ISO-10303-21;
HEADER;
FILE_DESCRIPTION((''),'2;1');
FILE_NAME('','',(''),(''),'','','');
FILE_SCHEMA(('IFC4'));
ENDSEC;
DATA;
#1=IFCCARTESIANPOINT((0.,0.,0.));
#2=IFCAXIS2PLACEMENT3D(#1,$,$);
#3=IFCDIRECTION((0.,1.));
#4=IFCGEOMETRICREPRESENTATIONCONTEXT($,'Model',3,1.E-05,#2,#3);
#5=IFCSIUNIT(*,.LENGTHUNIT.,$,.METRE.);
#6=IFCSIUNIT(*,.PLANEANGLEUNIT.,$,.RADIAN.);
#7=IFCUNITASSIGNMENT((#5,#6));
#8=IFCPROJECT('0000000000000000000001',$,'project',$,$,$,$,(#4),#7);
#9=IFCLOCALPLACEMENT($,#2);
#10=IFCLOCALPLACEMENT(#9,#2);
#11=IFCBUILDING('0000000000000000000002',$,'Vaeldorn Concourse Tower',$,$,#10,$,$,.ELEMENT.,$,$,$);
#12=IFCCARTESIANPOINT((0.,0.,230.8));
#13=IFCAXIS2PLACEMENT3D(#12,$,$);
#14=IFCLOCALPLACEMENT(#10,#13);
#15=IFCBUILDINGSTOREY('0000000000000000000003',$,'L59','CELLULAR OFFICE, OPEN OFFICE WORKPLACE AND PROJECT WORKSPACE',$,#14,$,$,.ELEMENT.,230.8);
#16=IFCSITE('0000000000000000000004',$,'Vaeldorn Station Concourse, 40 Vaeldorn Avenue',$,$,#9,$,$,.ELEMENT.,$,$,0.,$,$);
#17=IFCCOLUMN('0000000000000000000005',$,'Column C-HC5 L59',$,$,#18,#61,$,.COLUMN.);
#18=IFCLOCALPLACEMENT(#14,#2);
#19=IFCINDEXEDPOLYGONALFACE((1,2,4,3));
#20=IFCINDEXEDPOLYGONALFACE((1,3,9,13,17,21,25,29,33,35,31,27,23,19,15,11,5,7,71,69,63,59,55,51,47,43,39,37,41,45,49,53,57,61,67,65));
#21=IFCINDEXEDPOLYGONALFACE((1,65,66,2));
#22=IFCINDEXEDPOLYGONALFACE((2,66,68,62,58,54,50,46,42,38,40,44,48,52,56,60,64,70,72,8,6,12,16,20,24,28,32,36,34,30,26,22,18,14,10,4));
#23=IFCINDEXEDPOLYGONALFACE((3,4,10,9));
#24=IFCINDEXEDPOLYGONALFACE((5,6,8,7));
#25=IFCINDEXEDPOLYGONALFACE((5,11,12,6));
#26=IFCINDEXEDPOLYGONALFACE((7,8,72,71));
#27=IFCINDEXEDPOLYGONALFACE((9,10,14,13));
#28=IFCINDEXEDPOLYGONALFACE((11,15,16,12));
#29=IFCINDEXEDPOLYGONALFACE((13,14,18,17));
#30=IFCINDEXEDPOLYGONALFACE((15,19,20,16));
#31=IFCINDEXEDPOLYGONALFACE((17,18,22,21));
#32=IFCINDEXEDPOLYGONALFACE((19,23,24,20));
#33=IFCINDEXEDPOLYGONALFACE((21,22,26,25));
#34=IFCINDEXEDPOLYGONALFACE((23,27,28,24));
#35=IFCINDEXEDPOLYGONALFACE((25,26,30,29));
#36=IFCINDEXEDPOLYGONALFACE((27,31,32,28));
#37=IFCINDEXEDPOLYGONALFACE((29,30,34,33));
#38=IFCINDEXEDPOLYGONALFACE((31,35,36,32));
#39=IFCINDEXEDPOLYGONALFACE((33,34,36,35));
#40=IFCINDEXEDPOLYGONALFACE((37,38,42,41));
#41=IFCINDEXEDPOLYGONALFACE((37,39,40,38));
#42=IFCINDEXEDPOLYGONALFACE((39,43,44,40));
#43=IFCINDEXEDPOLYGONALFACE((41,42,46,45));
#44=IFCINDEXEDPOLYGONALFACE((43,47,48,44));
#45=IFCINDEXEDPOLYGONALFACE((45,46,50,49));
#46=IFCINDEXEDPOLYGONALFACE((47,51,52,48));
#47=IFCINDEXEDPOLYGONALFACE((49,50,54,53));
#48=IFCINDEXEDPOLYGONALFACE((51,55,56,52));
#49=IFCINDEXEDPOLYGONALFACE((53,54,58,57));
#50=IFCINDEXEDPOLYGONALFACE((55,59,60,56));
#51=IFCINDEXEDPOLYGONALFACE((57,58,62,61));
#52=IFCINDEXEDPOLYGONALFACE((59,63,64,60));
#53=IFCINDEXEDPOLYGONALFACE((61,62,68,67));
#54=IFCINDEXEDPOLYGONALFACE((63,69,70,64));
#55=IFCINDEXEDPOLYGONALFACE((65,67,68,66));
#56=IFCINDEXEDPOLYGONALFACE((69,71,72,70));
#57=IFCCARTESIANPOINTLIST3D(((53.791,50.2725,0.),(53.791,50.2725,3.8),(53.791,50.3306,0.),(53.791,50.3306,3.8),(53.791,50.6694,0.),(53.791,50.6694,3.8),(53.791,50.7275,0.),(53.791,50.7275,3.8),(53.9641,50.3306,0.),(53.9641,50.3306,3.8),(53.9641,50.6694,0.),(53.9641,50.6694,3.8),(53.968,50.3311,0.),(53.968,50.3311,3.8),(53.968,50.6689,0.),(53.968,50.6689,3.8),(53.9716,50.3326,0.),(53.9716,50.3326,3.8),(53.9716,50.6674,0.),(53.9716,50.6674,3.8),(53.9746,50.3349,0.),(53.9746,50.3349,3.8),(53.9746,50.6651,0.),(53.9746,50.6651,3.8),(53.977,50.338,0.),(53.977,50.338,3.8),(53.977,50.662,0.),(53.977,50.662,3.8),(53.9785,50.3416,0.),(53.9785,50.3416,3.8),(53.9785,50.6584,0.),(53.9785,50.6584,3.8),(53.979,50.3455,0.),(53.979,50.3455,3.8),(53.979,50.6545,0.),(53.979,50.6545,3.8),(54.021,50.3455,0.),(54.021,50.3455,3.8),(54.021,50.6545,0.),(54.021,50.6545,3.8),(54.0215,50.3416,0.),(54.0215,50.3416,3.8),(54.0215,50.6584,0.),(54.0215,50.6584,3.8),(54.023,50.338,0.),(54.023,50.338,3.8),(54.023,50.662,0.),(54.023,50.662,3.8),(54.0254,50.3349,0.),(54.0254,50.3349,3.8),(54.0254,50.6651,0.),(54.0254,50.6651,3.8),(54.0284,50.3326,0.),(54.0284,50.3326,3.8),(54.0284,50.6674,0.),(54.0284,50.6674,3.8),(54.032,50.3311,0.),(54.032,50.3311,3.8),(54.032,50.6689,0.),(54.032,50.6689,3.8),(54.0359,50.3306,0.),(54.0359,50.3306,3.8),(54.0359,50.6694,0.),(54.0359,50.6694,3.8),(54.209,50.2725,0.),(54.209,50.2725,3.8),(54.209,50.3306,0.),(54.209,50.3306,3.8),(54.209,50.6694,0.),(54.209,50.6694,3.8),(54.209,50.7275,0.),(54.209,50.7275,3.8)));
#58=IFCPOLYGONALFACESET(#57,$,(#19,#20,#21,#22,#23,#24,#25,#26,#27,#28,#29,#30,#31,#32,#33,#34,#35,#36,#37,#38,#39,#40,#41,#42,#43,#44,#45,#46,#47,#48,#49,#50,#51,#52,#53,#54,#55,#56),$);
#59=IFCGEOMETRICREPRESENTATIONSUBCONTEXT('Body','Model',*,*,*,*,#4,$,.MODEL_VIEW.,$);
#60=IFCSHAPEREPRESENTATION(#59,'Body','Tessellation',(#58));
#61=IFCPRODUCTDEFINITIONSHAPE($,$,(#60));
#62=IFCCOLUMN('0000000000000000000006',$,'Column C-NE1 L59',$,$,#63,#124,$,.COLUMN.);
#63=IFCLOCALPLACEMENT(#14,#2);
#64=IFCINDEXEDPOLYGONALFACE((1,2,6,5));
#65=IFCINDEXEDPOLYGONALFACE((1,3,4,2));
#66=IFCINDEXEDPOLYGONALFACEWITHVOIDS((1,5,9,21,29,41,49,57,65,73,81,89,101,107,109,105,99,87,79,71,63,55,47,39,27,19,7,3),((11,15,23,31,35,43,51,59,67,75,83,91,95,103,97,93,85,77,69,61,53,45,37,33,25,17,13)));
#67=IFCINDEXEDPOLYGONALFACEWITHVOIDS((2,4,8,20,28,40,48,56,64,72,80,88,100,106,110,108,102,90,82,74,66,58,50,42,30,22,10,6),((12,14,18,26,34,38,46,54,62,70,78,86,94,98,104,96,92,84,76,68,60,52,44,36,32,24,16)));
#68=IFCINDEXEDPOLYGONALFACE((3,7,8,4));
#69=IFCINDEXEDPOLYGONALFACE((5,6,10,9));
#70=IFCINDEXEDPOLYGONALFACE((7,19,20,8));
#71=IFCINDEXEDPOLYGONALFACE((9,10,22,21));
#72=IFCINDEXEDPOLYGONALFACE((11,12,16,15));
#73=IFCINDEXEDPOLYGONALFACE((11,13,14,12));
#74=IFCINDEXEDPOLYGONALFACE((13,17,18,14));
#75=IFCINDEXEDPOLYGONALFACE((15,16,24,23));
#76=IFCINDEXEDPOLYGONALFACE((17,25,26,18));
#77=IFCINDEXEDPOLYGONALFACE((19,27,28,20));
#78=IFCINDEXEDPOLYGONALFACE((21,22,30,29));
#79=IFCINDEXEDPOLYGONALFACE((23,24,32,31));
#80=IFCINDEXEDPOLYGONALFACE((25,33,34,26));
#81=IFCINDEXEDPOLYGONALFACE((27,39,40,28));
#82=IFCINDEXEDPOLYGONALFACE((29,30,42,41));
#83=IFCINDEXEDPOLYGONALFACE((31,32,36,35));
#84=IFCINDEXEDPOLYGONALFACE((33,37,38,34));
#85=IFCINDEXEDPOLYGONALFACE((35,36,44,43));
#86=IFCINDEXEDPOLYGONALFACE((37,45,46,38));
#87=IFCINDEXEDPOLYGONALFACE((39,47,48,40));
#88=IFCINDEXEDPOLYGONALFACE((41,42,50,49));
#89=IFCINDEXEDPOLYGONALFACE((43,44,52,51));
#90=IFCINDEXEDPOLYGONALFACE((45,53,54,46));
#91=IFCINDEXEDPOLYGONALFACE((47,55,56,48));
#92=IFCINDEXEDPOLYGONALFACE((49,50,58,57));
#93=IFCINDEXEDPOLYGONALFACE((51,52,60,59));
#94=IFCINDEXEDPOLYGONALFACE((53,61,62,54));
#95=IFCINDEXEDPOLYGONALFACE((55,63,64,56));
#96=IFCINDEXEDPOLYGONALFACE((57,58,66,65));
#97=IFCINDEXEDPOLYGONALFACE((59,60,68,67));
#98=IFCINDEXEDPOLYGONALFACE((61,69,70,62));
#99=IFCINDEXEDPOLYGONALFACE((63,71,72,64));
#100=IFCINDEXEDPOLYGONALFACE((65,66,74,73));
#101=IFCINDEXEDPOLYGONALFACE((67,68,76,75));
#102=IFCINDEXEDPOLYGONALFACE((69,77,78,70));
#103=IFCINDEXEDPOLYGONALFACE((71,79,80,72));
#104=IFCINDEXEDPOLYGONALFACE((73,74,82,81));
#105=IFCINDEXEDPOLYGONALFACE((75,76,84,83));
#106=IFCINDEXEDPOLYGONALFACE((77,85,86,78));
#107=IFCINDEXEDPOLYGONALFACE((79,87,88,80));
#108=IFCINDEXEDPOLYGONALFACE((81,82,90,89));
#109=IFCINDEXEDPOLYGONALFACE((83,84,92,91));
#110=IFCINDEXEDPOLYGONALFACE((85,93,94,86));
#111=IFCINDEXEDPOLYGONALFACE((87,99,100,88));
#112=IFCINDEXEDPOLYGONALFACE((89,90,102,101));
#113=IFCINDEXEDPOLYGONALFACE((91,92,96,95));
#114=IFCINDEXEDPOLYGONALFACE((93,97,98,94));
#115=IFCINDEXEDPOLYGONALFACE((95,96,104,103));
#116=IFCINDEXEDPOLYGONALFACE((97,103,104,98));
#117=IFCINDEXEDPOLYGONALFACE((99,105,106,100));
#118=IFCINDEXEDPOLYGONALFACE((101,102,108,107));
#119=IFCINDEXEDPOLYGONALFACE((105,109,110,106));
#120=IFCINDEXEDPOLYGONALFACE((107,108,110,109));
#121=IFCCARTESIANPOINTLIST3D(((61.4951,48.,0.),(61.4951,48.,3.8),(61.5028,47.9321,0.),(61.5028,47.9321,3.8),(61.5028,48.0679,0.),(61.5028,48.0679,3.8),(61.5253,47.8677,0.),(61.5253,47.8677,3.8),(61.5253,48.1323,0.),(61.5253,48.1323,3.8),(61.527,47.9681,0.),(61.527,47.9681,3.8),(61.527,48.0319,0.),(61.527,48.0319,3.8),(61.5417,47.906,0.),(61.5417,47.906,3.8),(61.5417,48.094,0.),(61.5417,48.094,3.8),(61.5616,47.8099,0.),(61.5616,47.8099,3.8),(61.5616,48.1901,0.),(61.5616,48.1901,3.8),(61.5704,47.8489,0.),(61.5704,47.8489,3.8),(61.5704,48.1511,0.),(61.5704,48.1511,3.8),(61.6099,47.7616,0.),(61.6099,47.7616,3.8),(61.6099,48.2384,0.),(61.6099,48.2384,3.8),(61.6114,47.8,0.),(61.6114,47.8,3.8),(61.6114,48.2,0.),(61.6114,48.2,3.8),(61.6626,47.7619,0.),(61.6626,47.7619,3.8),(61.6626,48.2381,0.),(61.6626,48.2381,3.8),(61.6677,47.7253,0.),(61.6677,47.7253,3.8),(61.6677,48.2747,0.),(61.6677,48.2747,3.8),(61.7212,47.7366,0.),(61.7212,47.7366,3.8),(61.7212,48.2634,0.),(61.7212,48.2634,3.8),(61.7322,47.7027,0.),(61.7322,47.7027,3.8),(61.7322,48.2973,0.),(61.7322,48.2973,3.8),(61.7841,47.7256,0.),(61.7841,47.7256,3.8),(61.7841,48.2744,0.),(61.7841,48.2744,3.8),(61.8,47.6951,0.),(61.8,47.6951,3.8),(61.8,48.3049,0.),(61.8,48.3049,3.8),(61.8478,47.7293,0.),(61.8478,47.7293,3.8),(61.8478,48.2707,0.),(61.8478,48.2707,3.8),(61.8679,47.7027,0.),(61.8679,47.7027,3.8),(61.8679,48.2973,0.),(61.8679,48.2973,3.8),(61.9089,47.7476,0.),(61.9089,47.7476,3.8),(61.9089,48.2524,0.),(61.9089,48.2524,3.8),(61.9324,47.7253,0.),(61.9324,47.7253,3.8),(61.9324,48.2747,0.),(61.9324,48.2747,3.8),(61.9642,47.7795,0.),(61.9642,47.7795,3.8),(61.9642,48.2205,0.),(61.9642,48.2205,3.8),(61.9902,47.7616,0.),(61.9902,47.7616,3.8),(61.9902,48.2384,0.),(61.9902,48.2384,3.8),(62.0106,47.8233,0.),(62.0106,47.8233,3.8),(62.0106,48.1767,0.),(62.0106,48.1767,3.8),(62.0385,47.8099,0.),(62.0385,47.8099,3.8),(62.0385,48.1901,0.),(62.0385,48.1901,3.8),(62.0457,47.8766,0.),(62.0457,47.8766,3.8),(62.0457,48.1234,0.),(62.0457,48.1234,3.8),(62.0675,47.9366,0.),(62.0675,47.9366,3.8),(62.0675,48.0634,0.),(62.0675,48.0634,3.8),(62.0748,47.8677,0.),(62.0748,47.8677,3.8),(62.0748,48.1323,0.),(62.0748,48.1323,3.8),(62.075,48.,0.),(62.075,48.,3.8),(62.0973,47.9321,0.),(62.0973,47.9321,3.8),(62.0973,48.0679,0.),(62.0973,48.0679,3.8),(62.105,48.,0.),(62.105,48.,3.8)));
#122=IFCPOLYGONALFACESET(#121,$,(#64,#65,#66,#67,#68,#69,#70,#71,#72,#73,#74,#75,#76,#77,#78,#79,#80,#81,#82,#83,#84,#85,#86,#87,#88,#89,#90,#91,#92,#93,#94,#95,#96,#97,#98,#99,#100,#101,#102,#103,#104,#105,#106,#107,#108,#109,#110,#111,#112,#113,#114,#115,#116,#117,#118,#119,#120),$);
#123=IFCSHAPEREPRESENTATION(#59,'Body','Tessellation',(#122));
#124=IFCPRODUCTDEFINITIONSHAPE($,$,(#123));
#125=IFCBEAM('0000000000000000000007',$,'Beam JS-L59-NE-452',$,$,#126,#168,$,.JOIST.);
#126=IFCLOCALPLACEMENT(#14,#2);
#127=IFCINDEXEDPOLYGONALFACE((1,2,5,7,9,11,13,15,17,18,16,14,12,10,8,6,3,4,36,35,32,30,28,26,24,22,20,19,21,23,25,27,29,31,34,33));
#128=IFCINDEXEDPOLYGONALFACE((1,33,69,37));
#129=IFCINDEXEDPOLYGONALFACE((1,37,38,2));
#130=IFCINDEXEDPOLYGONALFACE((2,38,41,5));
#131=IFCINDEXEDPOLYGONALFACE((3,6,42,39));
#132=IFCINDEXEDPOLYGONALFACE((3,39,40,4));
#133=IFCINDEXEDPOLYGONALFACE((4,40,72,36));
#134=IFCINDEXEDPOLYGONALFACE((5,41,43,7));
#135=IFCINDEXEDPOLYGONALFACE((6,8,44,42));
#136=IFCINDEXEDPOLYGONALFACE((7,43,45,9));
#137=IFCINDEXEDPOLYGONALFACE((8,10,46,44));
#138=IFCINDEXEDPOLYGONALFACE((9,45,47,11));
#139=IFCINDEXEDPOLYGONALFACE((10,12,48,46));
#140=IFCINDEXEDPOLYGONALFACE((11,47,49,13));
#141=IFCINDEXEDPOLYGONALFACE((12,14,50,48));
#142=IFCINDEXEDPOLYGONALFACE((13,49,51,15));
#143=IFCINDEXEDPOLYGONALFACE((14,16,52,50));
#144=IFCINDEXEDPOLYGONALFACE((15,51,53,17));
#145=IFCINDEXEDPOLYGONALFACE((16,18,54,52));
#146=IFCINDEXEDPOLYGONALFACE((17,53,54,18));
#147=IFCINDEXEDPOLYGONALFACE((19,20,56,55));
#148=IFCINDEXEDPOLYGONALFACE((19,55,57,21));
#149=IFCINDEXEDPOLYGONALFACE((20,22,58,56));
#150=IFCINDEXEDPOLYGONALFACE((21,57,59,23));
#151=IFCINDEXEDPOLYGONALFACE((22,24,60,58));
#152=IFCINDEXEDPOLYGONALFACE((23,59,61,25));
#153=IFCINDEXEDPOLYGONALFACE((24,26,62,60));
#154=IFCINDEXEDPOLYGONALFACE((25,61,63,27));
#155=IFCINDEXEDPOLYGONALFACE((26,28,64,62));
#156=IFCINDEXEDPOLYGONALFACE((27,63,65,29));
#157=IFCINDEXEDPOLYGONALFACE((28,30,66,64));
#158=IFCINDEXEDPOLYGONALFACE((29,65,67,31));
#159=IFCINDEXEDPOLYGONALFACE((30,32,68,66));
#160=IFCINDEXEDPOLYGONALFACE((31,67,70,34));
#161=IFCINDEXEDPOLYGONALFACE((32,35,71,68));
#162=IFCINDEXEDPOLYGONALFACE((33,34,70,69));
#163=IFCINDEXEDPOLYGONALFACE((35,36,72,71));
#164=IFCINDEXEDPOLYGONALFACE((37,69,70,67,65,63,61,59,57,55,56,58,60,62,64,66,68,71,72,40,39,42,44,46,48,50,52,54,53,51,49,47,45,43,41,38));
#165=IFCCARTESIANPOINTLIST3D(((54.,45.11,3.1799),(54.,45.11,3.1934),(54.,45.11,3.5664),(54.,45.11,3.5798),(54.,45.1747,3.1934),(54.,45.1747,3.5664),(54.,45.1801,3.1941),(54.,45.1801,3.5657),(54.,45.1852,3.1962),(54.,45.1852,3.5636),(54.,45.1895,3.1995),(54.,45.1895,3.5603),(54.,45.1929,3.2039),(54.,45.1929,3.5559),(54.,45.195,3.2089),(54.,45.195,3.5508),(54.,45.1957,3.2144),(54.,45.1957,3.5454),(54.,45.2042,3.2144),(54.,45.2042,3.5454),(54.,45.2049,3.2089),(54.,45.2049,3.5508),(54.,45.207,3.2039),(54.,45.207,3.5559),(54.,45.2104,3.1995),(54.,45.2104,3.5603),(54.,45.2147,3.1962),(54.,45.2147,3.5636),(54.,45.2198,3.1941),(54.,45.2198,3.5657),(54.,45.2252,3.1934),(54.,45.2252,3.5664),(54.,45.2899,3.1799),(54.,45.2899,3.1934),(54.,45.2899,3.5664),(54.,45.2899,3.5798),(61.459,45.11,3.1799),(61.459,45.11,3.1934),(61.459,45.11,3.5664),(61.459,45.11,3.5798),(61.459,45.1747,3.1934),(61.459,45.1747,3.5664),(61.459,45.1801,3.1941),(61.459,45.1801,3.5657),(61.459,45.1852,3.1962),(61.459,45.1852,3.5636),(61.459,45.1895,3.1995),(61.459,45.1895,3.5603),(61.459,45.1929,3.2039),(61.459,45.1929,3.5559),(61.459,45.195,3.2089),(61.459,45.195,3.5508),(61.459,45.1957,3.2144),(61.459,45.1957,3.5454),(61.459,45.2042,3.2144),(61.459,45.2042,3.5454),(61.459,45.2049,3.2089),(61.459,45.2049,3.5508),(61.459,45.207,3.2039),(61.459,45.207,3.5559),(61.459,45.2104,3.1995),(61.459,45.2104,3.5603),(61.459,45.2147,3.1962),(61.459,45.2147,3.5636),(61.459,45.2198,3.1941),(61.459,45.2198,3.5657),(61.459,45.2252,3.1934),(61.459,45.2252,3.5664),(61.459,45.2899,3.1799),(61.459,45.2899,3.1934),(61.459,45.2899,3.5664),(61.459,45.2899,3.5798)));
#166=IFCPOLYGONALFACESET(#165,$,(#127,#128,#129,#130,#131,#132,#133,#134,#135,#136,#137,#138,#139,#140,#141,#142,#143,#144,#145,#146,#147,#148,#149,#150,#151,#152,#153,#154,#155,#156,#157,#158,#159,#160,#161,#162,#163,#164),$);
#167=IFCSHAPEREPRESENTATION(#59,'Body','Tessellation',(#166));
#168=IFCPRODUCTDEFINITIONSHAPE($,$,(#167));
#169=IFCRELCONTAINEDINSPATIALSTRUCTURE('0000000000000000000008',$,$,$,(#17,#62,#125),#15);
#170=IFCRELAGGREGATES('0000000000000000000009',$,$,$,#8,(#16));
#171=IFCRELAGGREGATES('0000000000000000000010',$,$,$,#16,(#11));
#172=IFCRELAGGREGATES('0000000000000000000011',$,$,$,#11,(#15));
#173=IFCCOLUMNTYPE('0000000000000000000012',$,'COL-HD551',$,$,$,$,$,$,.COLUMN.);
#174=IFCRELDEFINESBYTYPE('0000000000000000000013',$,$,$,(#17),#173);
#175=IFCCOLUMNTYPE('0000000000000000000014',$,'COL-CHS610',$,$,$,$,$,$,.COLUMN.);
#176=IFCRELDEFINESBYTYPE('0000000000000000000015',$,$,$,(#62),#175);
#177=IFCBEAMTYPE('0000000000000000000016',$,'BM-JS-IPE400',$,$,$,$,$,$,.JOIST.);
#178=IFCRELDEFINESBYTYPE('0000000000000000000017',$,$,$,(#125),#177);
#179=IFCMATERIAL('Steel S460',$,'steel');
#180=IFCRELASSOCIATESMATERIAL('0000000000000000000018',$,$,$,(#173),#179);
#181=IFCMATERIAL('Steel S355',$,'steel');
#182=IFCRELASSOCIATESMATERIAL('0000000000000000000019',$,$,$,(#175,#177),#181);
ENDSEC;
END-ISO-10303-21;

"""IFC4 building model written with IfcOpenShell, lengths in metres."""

from ifc_helpers import new_model, si_unit, direction, frame, origin, origin_2d, place, context, subcontext, project, spatial, hollow_circle, i_section, extrude, source, transform, mapped, material, material_profile, profile_set, type_object, element, save


model = new_model("IFC4")

# Units and contexts
model_context = context("Model", 3, precision=1e-05, world=origin(), true_north=direction((0.0, 1.0)))
body_context = subcontext(model_context, "Body", "Model", "MODEL_VIEW")
ifc_project = project(units=[si_unit("LENGTHUNIT", "METRE"), si_unit("PLANEANGLEUNIT", "RADIAN")], contexts=[model_context])

# Site, building, storey
site_placement = place(None, origin())
site = spatial("IfcSite", under=ifc_project, at=site_placement, Name="Vaeldorn Station Concourse, 40 Vaeldorn Avenue", CompositionType="ELEMENT", RefElevation=0.0)
building_placement = place(site_placement, origin())
building = spatial("IfcBuilding", under=site, at=building_placement, Name="Vaeldorn Concourse Tower", CompositionType="ELEMENT")
storey_placement = place(building_placement, frame((0.0, 0.0, 230.8)))
storey = spatial("IfcBuildingStorey", under=building, at=storey_placement, Name="L59", Description="CELLULAR OFFICE, OPEN OFFICE WORKPLACE AND PROJECT WORKSPACE", CompositionType="ELEMENT", Elevation=230.8)

# Columns
ifc_material_1 = material(Name="Steel S460", Category="steel")
ifc_material_profile_1 = material_profile(ifc_material_1, i_section(OverallWidth=0.418, OverallDepth=0.4551, WebThickness=0.042, FlangeThickness=0.0581, FilletRadius=0.0149, at=origin_2d()), Name="HD 400x551")
ifc_profile_set_1 = profile_set([ifc_material_profile_1], Name="Steel S460")
column_type_1 = type_object("IfcColumnType", Name="COL-HD551", PredefinedType="COLUMN", material=ifc_profile_set_1)
shared_shape_1 = source(origin(), body_context, "Body", "SweptSolid", [
    extrude(i_section(OverallWidth=0.418, OverallDepth=0.4551, WebThickness=0.042, FlangeThickness=0.0581, FilletRadius=0.0149, at=origin_2d()), origin(), (0.0, 0.0, 1.0), 3.8),
])
column_1_placement = place(storey_placement, frame((54.0, 50.5, 0.0), z_axis=(0.0, 0.0, 1.0), x_axis=(1.0, 0.0, 0.0)))
element("IfcColumn", 1, at=column_1_placement, inside=storey, type_object=column_type_1, Name="Column C-HC5 L59", PredefinedType="COLUMN", context=body_context, shape_type="MappedRepresentation", body=[
    mapped(shared_shape_1, transform((0.0, 0.0, 0.0), scale=1.0)),
])
ifc_material_2 = material(Name="Steel S355", Category="steel")
ifc_material_profile_2 = material_profile(ifc_material_2, hollow_circle(Radius=0.3049, WallThickness=0.03, at=origin_2d()), Name="CHS 610x30")
ifc_profile_set_2 = profile_set([ifc_material_profile_2], Name="Steel S355")
column_type_2 = type_object("IfcColumnType", Name="COL-CHS610", PredefinedType="COLUMN", material=ifc_profile_set_2)
shared_shape_2 = source(origin(), body_context, "Body", "SweptSolid", [
    extrude(hollow_circle(Radius=0.3049, WallThickness=0.03, at=origin_2d()), origin(), (0.0, 0.0, 1.0), 3.8),
])
column_2_placement = place(storey_placement, frame((61.8, 48.0, 0.0), z_axis=(0.0, 0.0, 1.0), x_axis=(1.0, 0.0, 0.0)))
element("IfcColumn", 2, at=column_2_placement, inside=storey, type_object=column_type_2, Name="Column C-NE1 L59", PredefinedType="COLUMN", context=body_context, shape_type="MappedRepresentation", body=[
    mapped(shared_shape_2, transform((0.0, 0.0, 0.0), scale=1.0)),
])

# Beam
ifc_material_profile_3 = material_profile(ifc_material_2, i_section(OverallWidth=0.1799, OverallDepth=0.3999, WebThickness=0.0085, FlangeThickness=0.0134, FilletRadius=0.021, at=origin_2d()), Name="IPE 400")
ifc_profile_set_3 = profile_set([ifc_material_profile_3], Name="Steel S355")
beam_type_1 = type_object("IfcBeamType", Name="BM-JS-IPE400", PredefinedType="JOIST", material=ifc_profile_set_3)
shared_shape_3 = source(origin(), body_context, "Body", "SweptSolid", [
    extrude(i_section(OverallWidth=0.1799, OverallDepth=0.3999, WebThickness=0.0085, FlangeThickness=0.0134, FilletRadius=0.021, at=origin_2d()), origin(), (0.0, 0.0, 1.0), 7.459),
])
beam_1_placement = place(storey_placement, frame((54.0, 45.2, 3.3799), z_axis=(1.0, 0.0, 0.0), x_axis=(0.0, 1.0, 0.0)))
element("IfcBeam", 3, at=beam_1_placement, inside=storey, type_object=beam_type_1, Name="Beam JS-L59-NE-452", PredefinedType="JOIST", context=body_context, shape_type="MappedRepresentation", body=[
    mapped(shared_shape_3, transform((0.0, 0.0, 0.0), scale=1.0)),
])

save(model, "model.ifc")
